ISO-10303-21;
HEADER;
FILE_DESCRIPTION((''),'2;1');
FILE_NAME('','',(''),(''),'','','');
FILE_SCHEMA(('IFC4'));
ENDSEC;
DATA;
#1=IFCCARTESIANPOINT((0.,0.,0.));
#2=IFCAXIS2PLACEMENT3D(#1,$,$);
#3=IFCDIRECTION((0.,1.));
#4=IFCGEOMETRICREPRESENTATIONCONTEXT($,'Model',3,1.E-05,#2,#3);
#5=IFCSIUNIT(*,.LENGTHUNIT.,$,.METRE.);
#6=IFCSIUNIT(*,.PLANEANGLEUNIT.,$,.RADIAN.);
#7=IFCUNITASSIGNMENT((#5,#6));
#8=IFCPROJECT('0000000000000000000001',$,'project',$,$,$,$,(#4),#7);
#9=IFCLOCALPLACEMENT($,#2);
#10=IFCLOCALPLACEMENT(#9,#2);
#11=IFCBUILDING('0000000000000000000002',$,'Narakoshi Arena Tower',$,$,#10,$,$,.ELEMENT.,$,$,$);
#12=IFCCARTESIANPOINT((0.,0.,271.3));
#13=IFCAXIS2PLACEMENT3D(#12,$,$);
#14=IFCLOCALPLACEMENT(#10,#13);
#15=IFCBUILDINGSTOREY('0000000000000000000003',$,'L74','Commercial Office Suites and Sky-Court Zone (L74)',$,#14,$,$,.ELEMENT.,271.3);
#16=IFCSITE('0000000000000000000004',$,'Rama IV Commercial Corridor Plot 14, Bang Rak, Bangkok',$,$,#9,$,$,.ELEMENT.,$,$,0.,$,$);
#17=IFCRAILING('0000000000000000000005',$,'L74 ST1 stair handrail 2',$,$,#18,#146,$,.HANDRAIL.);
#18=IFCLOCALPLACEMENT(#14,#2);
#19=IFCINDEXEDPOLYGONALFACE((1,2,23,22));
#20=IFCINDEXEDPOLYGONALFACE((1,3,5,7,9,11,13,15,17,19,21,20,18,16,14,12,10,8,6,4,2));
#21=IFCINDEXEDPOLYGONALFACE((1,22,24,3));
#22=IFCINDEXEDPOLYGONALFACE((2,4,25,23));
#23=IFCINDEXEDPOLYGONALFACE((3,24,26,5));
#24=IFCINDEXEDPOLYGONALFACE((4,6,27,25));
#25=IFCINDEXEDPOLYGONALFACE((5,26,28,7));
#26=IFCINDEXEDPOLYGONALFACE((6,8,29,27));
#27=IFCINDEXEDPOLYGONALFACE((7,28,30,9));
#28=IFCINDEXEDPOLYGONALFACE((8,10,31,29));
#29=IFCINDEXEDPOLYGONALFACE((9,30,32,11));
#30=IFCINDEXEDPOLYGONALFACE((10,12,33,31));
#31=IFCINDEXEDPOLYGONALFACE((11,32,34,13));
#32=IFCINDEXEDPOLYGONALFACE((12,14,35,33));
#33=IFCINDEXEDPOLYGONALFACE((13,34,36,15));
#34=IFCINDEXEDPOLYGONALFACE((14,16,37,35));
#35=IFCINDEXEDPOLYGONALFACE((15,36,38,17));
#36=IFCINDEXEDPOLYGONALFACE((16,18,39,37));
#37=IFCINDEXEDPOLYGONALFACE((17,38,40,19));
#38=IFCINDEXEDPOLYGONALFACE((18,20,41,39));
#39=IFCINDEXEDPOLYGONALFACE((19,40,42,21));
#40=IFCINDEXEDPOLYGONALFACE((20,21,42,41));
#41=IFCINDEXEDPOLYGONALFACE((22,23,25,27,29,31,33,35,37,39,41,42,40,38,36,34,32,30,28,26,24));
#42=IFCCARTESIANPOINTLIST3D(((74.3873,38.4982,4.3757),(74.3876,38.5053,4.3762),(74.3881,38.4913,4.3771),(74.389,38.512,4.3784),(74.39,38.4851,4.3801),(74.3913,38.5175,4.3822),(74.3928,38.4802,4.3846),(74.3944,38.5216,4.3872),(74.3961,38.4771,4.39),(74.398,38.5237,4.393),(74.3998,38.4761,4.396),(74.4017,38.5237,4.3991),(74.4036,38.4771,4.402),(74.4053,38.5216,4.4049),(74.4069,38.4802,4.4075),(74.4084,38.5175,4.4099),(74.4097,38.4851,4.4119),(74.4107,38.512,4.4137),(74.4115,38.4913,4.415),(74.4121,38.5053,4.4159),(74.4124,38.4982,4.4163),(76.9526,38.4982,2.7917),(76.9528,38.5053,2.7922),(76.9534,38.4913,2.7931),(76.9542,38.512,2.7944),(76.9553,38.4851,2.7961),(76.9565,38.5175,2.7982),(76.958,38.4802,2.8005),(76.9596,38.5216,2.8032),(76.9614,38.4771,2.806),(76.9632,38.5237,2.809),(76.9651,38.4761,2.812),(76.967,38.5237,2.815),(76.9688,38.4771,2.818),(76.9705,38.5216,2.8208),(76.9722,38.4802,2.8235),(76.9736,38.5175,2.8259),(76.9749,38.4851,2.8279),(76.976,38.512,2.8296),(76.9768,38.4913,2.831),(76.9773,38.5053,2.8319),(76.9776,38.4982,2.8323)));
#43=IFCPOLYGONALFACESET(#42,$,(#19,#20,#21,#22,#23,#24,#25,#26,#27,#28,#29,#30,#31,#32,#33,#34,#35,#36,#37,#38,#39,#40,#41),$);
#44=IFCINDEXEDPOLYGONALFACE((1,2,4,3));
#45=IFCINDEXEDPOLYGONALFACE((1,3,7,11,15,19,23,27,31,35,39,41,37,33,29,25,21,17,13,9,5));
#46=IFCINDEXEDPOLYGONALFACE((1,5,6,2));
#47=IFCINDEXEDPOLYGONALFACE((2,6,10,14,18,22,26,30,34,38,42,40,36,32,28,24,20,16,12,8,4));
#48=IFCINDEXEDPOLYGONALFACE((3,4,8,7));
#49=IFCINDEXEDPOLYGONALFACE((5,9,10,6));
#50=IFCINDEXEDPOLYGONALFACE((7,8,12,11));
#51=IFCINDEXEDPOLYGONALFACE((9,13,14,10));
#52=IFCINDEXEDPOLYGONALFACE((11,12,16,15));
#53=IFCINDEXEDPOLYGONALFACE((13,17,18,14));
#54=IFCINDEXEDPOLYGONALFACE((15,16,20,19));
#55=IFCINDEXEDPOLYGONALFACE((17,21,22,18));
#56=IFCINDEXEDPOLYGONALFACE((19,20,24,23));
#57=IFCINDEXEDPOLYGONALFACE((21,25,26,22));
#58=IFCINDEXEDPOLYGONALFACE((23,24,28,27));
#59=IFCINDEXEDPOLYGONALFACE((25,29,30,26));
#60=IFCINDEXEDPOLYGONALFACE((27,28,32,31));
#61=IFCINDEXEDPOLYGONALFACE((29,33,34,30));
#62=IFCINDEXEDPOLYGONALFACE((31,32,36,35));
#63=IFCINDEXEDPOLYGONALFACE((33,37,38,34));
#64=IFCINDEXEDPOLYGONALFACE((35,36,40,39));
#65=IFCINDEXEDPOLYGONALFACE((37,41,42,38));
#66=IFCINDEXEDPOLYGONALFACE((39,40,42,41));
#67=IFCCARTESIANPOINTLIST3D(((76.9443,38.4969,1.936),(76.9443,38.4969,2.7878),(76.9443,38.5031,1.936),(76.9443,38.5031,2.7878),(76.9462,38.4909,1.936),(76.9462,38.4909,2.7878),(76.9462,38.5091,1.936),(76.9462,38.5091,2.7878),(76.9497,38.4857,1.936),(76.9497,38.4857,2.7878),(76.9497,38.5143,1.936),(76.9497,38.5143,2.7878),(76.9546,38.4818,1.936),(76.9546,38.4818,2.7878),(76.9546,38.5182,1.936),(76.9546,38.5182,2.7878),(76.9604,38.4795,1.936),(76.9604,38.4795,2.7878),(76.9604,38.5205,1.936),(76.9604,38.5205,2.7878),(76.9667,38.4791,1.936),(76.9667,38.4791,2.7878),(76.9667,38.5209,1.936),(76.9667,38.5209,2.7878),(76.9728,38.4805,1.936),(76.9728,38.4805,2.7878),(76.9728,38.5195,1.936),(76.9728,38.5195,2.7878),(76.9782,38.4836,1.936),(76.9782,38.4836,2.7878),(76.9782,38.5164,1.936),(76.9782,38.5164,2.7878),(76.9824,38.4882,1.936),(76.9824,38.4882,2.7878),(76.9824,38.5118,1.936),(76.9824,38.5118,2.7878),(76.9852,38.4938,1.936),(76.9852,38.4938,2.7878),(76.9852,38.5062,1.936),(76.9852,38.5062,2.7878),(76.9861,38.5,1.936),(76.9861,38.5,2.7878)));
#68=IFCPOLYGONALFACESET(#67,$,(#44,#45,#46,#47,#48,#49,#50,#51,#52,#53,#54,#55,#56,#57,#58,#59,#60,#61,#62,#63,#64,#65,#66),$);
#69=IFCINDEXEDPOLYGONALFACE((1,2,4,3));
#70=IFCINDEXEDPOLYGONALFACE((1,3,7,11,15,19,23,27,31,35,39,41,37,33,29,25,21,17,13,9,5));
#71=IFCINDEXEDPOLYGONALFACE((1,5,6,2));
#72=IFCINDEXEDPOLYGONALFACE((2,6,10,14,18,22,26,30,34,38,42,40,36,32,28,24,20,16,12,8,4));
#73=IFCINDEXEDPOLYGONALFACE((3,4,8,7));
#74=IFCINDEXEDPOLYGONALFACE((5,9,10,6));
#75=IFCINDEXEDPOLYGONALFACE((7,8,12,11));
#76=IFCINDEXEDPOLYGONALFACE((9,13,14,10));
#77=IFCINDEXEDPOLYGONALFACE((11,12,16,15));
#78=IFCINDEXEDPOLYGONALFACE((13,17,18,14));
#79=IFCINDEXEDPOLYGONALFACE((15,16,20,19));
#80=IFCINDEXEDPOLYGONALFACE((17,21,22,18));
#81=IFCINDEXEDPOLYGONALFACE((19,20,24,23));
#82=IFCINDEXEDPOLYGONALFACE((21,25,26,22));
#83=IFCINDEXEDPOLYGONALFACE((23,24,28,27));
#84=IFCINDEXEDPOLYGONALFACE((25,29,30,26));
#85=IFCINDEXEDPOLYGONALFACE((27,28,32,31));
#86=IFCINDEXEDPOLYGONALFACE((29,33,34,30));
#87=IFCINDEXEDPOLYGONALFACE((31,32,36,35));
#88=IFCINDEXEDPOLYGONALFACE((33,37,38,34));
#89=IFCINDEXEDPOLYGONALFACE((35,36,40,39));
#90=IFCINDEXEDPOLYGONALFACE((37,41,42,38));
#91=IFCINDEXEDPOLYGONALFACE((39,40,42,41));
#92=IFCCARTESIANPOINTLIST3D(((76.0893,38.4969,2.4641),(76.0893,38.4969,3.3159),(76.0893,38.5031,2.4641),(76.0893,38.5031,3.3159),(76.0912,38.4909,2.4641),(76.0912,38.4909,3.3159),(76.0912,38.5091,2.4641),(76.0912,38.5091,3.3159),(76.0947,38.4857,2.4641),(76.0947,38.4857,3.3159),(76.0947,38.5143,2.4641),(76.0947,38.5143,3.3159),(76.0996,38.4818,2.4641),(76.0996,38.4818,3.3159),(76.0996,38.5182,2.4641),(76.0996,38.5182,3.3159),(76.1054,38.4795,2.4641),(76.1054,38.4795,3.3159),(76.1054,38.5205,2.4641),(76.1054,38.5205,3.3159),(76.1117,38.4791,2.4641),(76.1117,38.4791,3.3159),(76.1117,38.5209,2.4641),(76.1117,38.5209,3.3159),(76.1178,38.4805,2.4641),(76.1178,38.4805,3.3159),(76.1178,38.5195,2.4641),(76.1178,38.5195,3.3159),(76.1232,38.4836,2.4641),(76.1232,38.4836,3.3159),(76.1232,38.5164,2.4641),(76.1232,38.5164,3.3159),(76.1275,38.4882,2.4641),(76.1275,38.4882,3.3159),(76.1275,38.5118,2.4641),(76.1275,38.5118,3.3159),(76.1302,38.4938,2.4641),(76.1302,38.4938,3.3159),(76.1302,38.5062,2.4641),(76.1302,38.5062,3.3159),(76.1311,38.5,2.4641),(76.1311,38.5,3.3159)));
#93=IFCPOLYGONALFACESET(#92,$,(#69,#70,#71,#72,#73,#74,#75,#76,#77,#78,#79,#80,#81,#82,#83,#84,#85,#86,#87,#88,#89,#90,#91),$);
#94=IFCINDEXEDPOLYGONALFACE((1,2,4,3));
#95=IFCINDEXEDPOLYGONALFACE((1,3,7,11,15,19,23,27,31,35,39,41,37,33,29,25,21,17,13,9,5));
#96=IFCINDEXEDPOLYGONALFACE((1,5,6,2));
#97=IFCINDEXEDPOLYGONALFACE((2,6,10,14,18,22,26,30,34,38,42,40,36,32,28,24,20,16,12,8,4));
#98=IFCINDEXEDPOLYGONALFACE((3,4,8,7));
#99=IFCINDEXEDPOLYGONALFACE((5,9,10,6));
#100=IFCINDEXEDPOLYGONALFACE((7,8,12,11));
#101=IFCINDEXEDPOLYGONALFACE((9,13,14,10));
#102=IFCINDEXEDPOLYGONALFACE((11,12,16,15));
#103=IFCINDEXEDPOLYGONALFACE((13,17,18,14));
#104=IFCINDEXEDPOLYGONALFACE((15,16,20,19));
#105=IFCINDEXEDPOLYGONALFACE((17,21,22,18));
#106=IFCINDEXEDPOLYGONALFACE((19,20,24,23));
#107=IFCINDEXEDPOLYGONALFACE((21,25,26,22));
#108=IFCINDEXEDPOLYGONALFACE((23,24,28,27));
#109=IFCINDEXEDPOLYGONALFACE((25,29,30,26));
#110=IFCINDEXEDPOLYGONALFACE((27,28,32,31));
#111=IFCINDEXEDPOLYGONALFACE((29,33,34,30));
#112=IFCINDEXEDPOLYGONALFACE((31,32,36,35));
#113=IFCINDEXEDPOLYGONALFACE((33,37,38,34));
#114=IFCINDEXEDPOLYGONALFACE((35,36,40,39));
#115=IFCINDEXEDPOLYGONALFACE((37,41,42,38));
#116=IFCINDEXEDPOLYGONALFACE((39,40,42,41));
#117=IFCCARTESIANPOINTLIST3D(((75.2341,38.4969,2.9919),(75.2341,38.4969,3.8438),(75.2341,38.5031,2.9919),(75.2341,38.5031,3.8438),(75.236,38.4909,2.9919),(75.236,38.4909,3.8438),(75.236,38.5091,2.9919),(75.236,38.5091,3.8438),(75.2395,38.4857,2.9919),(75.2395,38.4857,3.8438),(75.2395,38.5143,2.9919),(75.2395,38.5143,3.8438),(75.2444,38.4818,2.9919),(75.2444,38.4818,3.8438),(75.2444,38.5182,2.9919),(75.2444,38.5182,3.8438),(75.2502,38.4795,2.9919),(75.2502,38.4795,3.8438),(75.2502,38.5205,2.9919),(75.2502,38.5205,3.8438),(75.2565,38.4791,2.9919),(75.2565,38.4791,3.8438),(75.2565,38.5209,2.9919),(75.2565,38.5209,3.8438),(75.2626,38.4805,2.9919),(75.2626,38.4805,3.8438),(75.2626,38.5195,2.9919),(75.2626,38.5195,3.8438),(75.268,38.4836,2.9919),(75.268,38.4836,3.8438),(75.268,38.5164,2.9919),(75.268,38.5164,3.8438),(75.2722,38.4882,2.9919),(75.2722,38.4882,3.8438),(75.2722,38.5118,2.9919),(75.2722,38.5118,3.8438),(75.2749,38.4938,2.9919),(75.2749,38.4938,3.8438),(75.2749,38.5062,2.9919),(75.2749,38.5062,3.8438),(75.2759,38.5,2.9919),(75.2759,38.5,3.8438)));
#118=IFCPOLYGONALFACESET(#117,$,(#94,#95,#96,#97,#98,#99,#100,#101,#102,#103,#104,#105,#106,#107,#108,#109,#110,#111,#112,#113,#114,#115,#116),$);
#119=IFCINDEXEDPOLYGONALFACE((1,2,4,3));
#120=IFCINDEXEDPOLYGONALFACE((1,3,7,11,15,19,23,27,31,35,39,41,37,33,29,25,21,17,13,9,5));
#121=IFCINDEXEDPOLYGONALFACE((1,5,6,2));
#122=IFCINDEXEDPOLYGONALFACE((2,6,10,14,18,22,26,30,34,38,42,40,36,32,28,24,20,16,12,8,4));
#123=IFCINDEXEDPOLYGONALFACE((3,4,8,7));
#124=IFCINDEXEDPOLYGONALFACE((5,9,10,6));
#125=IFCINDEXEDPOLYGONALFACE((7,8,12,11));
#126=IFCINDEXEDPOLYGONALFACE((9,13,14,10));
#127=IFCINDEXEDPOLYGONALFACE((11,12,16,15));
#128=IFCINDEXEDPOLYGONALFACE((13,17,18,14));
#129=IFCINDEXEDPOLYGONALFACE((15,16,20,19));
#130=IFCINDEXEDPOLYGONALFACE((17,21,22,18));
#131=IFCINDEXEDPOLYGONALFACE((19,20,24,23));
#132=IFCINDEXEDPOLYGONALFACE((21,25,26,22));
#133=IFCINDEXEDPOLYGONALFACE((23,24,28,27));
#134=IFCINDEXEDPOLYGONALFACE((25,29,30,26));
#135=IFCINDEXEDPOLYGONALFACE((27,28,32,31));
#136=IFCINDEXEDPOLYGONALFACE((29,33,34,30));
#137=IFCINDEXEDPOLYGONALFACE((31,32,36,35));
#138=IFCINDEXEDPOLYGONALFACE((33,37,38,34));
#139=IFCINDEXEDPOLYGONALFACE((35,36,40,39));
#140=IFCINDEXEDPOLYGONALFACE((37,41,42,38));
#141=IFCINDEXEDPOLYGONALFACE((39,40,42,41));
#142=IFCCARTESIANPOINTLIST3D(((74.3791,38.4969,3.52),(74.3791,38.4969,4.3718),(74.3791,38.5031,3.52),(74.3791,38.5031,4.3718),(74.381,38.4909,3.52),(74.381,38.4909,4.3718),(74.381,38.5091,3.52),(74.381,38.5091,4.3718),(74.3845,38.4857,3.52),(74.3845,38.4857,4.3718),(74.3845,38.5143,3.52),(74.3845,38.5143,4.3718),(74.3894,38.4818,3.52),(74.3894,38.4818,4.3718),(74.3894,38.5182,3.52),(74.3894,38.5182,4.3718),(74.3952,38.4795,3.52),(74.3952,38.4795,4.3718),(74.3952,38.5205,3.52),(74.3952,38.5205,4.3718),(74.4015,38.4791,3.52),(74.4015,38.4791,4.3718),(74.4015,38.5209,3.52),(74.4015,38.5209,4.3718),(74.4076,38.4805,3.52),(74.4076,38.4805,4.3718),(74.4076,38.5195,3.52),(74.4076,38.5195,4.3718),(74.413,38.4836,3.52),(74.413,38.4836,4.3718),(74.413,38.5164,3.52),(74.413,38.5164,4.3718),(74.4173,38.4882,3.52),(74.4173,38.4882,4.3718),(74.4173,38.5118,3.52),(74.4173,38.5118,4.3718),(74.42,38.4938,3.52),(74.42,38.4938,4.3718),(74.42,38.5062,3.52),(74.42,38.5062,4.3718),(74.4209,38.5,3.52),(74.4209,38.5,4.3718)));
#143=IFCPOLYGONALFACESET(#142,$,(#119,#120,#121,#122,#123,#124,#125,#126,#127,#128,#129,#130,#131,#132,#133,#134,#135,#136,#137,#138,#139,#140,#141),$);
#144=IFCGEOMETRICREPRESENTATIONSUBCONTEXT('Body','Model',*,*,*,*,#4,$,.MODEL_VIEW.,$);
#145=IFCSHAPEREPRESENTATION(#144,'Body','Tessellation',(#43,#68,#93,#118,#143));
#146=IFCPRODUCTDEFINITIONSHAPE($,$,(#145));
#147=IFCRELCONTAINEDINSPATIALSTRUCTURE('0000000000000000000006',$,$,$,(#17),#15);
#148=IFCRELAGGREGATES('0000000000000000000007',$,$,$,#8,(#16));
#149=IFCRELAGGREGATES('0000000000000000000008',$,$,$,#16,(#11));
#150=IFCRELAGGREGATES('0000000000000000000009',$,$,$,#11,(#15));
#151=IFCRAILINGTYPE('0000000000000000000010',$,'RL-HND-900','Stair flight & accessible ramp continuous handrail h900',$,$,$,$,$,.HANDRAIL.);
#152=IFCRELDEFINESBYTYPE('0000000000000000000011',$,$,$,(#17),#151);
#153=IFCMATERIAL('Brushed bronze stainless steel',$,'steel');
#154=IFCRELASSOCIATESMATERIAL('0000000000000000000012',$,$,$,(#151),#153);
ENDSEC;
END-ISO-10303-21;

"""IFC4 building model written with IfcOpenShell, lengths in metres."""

from ifc_helpers import new_model, si_unit, direction, frame, origin, origin_2d, place, context, subcontext, project, spatial, circle, extrude, material, type_object, element, save


model = new_model("IFC4")

# Units and contexts
model_context = context("Model", 3, precision=1e-05, world=origin(), true_north=direction((0.0, 1.0)))
body_context = subcontext(model_context, "Body", "Model", "MODEL_VIEW")
ifc_project = project(units=[si_unit("LENGTHUNIT", "METRE"), si_unit("PLANEANGLEUNIT", "RADIAN")], contexts=[model_context])

# Site, building, storey
site_placement = place(None, origin())
site = spatial("IfcSite", under=ifc_project, at=site_placement, Name="Rama IV Commercial Corridor Plot 14, Bang Rak, Bangkok", CompositionType="ELEMENT", RefElevation=0.0)
building_placement = place(site_placement, origin())
building = spatial("IfcBuilding", under=site, at=building_placement, Name="Narakoshi Arena Tower", CompositionType="ELEMENT")
storey_placement = place(building_placement, frame((0.0, 0.0, 271.3)))
storey = spatial("IfcBuildingStorey", under=building, at=storey_placement, Name="L74", Description="Commercial Office Suites and Sky-Court Zone (L74)", CompositionType="ELEMENT", Elevation=271.3)

# Railing
ifc_material_1 = material(Name="Brushed bronze stainless steel", Category="steel")
railing_type_1 = type_object("IfcRailingType", Name="RL-HND-900", Description="Stair flight & accessible ramp continuous handrail h900", PredefinedType="HANDRAIL", material=ifc_material_1)
railing_1_placement = place(storey_placement, frame((76.9651, 38.5, 1.936)))
element("IfcRailing", 1, at=railing_1_placement, inside=storey, type_object=railing_type_1, Name="L74 ST1 stair handrail 2", PredefinedType="HANDRAIL", context=body_context, shape_type="SweptSolid", body=[
    extrude(circle(Radius=0.0239, at=origin_2d()), frame((0.0, 0.0, 0.876), z_axis=(-0.850857, 0.0, 0.525398), x_axis=(0.0, -1.0, 0.0)), (0.0, 0.0, 1.0), 3.0149),
    extrude(circle(Radius=0.021, at=origin_2d()), origin(), (0.0, 0.0, 1.0), 0.8518),
    extrude(circle(Radius=0.021, at=origin_2d()), frame((-0.855, 0.0, 0.5281)), (0.0, 0.0, 1.0), 0.8518),
    extrude(circle(Radius=0.021, at=origin_2d()), frame((-1.7102, 0.0, 1.0559)), (0.0, 0.0, 1.0), 0.8518),
    extrude(circle(Radius=0.021, at=origin_2d()), frame((-2.5652, 0.0, 1.584)), (0.0, 0.0, 1.0), 0.8518),
])

save(model, "model.ifc")
